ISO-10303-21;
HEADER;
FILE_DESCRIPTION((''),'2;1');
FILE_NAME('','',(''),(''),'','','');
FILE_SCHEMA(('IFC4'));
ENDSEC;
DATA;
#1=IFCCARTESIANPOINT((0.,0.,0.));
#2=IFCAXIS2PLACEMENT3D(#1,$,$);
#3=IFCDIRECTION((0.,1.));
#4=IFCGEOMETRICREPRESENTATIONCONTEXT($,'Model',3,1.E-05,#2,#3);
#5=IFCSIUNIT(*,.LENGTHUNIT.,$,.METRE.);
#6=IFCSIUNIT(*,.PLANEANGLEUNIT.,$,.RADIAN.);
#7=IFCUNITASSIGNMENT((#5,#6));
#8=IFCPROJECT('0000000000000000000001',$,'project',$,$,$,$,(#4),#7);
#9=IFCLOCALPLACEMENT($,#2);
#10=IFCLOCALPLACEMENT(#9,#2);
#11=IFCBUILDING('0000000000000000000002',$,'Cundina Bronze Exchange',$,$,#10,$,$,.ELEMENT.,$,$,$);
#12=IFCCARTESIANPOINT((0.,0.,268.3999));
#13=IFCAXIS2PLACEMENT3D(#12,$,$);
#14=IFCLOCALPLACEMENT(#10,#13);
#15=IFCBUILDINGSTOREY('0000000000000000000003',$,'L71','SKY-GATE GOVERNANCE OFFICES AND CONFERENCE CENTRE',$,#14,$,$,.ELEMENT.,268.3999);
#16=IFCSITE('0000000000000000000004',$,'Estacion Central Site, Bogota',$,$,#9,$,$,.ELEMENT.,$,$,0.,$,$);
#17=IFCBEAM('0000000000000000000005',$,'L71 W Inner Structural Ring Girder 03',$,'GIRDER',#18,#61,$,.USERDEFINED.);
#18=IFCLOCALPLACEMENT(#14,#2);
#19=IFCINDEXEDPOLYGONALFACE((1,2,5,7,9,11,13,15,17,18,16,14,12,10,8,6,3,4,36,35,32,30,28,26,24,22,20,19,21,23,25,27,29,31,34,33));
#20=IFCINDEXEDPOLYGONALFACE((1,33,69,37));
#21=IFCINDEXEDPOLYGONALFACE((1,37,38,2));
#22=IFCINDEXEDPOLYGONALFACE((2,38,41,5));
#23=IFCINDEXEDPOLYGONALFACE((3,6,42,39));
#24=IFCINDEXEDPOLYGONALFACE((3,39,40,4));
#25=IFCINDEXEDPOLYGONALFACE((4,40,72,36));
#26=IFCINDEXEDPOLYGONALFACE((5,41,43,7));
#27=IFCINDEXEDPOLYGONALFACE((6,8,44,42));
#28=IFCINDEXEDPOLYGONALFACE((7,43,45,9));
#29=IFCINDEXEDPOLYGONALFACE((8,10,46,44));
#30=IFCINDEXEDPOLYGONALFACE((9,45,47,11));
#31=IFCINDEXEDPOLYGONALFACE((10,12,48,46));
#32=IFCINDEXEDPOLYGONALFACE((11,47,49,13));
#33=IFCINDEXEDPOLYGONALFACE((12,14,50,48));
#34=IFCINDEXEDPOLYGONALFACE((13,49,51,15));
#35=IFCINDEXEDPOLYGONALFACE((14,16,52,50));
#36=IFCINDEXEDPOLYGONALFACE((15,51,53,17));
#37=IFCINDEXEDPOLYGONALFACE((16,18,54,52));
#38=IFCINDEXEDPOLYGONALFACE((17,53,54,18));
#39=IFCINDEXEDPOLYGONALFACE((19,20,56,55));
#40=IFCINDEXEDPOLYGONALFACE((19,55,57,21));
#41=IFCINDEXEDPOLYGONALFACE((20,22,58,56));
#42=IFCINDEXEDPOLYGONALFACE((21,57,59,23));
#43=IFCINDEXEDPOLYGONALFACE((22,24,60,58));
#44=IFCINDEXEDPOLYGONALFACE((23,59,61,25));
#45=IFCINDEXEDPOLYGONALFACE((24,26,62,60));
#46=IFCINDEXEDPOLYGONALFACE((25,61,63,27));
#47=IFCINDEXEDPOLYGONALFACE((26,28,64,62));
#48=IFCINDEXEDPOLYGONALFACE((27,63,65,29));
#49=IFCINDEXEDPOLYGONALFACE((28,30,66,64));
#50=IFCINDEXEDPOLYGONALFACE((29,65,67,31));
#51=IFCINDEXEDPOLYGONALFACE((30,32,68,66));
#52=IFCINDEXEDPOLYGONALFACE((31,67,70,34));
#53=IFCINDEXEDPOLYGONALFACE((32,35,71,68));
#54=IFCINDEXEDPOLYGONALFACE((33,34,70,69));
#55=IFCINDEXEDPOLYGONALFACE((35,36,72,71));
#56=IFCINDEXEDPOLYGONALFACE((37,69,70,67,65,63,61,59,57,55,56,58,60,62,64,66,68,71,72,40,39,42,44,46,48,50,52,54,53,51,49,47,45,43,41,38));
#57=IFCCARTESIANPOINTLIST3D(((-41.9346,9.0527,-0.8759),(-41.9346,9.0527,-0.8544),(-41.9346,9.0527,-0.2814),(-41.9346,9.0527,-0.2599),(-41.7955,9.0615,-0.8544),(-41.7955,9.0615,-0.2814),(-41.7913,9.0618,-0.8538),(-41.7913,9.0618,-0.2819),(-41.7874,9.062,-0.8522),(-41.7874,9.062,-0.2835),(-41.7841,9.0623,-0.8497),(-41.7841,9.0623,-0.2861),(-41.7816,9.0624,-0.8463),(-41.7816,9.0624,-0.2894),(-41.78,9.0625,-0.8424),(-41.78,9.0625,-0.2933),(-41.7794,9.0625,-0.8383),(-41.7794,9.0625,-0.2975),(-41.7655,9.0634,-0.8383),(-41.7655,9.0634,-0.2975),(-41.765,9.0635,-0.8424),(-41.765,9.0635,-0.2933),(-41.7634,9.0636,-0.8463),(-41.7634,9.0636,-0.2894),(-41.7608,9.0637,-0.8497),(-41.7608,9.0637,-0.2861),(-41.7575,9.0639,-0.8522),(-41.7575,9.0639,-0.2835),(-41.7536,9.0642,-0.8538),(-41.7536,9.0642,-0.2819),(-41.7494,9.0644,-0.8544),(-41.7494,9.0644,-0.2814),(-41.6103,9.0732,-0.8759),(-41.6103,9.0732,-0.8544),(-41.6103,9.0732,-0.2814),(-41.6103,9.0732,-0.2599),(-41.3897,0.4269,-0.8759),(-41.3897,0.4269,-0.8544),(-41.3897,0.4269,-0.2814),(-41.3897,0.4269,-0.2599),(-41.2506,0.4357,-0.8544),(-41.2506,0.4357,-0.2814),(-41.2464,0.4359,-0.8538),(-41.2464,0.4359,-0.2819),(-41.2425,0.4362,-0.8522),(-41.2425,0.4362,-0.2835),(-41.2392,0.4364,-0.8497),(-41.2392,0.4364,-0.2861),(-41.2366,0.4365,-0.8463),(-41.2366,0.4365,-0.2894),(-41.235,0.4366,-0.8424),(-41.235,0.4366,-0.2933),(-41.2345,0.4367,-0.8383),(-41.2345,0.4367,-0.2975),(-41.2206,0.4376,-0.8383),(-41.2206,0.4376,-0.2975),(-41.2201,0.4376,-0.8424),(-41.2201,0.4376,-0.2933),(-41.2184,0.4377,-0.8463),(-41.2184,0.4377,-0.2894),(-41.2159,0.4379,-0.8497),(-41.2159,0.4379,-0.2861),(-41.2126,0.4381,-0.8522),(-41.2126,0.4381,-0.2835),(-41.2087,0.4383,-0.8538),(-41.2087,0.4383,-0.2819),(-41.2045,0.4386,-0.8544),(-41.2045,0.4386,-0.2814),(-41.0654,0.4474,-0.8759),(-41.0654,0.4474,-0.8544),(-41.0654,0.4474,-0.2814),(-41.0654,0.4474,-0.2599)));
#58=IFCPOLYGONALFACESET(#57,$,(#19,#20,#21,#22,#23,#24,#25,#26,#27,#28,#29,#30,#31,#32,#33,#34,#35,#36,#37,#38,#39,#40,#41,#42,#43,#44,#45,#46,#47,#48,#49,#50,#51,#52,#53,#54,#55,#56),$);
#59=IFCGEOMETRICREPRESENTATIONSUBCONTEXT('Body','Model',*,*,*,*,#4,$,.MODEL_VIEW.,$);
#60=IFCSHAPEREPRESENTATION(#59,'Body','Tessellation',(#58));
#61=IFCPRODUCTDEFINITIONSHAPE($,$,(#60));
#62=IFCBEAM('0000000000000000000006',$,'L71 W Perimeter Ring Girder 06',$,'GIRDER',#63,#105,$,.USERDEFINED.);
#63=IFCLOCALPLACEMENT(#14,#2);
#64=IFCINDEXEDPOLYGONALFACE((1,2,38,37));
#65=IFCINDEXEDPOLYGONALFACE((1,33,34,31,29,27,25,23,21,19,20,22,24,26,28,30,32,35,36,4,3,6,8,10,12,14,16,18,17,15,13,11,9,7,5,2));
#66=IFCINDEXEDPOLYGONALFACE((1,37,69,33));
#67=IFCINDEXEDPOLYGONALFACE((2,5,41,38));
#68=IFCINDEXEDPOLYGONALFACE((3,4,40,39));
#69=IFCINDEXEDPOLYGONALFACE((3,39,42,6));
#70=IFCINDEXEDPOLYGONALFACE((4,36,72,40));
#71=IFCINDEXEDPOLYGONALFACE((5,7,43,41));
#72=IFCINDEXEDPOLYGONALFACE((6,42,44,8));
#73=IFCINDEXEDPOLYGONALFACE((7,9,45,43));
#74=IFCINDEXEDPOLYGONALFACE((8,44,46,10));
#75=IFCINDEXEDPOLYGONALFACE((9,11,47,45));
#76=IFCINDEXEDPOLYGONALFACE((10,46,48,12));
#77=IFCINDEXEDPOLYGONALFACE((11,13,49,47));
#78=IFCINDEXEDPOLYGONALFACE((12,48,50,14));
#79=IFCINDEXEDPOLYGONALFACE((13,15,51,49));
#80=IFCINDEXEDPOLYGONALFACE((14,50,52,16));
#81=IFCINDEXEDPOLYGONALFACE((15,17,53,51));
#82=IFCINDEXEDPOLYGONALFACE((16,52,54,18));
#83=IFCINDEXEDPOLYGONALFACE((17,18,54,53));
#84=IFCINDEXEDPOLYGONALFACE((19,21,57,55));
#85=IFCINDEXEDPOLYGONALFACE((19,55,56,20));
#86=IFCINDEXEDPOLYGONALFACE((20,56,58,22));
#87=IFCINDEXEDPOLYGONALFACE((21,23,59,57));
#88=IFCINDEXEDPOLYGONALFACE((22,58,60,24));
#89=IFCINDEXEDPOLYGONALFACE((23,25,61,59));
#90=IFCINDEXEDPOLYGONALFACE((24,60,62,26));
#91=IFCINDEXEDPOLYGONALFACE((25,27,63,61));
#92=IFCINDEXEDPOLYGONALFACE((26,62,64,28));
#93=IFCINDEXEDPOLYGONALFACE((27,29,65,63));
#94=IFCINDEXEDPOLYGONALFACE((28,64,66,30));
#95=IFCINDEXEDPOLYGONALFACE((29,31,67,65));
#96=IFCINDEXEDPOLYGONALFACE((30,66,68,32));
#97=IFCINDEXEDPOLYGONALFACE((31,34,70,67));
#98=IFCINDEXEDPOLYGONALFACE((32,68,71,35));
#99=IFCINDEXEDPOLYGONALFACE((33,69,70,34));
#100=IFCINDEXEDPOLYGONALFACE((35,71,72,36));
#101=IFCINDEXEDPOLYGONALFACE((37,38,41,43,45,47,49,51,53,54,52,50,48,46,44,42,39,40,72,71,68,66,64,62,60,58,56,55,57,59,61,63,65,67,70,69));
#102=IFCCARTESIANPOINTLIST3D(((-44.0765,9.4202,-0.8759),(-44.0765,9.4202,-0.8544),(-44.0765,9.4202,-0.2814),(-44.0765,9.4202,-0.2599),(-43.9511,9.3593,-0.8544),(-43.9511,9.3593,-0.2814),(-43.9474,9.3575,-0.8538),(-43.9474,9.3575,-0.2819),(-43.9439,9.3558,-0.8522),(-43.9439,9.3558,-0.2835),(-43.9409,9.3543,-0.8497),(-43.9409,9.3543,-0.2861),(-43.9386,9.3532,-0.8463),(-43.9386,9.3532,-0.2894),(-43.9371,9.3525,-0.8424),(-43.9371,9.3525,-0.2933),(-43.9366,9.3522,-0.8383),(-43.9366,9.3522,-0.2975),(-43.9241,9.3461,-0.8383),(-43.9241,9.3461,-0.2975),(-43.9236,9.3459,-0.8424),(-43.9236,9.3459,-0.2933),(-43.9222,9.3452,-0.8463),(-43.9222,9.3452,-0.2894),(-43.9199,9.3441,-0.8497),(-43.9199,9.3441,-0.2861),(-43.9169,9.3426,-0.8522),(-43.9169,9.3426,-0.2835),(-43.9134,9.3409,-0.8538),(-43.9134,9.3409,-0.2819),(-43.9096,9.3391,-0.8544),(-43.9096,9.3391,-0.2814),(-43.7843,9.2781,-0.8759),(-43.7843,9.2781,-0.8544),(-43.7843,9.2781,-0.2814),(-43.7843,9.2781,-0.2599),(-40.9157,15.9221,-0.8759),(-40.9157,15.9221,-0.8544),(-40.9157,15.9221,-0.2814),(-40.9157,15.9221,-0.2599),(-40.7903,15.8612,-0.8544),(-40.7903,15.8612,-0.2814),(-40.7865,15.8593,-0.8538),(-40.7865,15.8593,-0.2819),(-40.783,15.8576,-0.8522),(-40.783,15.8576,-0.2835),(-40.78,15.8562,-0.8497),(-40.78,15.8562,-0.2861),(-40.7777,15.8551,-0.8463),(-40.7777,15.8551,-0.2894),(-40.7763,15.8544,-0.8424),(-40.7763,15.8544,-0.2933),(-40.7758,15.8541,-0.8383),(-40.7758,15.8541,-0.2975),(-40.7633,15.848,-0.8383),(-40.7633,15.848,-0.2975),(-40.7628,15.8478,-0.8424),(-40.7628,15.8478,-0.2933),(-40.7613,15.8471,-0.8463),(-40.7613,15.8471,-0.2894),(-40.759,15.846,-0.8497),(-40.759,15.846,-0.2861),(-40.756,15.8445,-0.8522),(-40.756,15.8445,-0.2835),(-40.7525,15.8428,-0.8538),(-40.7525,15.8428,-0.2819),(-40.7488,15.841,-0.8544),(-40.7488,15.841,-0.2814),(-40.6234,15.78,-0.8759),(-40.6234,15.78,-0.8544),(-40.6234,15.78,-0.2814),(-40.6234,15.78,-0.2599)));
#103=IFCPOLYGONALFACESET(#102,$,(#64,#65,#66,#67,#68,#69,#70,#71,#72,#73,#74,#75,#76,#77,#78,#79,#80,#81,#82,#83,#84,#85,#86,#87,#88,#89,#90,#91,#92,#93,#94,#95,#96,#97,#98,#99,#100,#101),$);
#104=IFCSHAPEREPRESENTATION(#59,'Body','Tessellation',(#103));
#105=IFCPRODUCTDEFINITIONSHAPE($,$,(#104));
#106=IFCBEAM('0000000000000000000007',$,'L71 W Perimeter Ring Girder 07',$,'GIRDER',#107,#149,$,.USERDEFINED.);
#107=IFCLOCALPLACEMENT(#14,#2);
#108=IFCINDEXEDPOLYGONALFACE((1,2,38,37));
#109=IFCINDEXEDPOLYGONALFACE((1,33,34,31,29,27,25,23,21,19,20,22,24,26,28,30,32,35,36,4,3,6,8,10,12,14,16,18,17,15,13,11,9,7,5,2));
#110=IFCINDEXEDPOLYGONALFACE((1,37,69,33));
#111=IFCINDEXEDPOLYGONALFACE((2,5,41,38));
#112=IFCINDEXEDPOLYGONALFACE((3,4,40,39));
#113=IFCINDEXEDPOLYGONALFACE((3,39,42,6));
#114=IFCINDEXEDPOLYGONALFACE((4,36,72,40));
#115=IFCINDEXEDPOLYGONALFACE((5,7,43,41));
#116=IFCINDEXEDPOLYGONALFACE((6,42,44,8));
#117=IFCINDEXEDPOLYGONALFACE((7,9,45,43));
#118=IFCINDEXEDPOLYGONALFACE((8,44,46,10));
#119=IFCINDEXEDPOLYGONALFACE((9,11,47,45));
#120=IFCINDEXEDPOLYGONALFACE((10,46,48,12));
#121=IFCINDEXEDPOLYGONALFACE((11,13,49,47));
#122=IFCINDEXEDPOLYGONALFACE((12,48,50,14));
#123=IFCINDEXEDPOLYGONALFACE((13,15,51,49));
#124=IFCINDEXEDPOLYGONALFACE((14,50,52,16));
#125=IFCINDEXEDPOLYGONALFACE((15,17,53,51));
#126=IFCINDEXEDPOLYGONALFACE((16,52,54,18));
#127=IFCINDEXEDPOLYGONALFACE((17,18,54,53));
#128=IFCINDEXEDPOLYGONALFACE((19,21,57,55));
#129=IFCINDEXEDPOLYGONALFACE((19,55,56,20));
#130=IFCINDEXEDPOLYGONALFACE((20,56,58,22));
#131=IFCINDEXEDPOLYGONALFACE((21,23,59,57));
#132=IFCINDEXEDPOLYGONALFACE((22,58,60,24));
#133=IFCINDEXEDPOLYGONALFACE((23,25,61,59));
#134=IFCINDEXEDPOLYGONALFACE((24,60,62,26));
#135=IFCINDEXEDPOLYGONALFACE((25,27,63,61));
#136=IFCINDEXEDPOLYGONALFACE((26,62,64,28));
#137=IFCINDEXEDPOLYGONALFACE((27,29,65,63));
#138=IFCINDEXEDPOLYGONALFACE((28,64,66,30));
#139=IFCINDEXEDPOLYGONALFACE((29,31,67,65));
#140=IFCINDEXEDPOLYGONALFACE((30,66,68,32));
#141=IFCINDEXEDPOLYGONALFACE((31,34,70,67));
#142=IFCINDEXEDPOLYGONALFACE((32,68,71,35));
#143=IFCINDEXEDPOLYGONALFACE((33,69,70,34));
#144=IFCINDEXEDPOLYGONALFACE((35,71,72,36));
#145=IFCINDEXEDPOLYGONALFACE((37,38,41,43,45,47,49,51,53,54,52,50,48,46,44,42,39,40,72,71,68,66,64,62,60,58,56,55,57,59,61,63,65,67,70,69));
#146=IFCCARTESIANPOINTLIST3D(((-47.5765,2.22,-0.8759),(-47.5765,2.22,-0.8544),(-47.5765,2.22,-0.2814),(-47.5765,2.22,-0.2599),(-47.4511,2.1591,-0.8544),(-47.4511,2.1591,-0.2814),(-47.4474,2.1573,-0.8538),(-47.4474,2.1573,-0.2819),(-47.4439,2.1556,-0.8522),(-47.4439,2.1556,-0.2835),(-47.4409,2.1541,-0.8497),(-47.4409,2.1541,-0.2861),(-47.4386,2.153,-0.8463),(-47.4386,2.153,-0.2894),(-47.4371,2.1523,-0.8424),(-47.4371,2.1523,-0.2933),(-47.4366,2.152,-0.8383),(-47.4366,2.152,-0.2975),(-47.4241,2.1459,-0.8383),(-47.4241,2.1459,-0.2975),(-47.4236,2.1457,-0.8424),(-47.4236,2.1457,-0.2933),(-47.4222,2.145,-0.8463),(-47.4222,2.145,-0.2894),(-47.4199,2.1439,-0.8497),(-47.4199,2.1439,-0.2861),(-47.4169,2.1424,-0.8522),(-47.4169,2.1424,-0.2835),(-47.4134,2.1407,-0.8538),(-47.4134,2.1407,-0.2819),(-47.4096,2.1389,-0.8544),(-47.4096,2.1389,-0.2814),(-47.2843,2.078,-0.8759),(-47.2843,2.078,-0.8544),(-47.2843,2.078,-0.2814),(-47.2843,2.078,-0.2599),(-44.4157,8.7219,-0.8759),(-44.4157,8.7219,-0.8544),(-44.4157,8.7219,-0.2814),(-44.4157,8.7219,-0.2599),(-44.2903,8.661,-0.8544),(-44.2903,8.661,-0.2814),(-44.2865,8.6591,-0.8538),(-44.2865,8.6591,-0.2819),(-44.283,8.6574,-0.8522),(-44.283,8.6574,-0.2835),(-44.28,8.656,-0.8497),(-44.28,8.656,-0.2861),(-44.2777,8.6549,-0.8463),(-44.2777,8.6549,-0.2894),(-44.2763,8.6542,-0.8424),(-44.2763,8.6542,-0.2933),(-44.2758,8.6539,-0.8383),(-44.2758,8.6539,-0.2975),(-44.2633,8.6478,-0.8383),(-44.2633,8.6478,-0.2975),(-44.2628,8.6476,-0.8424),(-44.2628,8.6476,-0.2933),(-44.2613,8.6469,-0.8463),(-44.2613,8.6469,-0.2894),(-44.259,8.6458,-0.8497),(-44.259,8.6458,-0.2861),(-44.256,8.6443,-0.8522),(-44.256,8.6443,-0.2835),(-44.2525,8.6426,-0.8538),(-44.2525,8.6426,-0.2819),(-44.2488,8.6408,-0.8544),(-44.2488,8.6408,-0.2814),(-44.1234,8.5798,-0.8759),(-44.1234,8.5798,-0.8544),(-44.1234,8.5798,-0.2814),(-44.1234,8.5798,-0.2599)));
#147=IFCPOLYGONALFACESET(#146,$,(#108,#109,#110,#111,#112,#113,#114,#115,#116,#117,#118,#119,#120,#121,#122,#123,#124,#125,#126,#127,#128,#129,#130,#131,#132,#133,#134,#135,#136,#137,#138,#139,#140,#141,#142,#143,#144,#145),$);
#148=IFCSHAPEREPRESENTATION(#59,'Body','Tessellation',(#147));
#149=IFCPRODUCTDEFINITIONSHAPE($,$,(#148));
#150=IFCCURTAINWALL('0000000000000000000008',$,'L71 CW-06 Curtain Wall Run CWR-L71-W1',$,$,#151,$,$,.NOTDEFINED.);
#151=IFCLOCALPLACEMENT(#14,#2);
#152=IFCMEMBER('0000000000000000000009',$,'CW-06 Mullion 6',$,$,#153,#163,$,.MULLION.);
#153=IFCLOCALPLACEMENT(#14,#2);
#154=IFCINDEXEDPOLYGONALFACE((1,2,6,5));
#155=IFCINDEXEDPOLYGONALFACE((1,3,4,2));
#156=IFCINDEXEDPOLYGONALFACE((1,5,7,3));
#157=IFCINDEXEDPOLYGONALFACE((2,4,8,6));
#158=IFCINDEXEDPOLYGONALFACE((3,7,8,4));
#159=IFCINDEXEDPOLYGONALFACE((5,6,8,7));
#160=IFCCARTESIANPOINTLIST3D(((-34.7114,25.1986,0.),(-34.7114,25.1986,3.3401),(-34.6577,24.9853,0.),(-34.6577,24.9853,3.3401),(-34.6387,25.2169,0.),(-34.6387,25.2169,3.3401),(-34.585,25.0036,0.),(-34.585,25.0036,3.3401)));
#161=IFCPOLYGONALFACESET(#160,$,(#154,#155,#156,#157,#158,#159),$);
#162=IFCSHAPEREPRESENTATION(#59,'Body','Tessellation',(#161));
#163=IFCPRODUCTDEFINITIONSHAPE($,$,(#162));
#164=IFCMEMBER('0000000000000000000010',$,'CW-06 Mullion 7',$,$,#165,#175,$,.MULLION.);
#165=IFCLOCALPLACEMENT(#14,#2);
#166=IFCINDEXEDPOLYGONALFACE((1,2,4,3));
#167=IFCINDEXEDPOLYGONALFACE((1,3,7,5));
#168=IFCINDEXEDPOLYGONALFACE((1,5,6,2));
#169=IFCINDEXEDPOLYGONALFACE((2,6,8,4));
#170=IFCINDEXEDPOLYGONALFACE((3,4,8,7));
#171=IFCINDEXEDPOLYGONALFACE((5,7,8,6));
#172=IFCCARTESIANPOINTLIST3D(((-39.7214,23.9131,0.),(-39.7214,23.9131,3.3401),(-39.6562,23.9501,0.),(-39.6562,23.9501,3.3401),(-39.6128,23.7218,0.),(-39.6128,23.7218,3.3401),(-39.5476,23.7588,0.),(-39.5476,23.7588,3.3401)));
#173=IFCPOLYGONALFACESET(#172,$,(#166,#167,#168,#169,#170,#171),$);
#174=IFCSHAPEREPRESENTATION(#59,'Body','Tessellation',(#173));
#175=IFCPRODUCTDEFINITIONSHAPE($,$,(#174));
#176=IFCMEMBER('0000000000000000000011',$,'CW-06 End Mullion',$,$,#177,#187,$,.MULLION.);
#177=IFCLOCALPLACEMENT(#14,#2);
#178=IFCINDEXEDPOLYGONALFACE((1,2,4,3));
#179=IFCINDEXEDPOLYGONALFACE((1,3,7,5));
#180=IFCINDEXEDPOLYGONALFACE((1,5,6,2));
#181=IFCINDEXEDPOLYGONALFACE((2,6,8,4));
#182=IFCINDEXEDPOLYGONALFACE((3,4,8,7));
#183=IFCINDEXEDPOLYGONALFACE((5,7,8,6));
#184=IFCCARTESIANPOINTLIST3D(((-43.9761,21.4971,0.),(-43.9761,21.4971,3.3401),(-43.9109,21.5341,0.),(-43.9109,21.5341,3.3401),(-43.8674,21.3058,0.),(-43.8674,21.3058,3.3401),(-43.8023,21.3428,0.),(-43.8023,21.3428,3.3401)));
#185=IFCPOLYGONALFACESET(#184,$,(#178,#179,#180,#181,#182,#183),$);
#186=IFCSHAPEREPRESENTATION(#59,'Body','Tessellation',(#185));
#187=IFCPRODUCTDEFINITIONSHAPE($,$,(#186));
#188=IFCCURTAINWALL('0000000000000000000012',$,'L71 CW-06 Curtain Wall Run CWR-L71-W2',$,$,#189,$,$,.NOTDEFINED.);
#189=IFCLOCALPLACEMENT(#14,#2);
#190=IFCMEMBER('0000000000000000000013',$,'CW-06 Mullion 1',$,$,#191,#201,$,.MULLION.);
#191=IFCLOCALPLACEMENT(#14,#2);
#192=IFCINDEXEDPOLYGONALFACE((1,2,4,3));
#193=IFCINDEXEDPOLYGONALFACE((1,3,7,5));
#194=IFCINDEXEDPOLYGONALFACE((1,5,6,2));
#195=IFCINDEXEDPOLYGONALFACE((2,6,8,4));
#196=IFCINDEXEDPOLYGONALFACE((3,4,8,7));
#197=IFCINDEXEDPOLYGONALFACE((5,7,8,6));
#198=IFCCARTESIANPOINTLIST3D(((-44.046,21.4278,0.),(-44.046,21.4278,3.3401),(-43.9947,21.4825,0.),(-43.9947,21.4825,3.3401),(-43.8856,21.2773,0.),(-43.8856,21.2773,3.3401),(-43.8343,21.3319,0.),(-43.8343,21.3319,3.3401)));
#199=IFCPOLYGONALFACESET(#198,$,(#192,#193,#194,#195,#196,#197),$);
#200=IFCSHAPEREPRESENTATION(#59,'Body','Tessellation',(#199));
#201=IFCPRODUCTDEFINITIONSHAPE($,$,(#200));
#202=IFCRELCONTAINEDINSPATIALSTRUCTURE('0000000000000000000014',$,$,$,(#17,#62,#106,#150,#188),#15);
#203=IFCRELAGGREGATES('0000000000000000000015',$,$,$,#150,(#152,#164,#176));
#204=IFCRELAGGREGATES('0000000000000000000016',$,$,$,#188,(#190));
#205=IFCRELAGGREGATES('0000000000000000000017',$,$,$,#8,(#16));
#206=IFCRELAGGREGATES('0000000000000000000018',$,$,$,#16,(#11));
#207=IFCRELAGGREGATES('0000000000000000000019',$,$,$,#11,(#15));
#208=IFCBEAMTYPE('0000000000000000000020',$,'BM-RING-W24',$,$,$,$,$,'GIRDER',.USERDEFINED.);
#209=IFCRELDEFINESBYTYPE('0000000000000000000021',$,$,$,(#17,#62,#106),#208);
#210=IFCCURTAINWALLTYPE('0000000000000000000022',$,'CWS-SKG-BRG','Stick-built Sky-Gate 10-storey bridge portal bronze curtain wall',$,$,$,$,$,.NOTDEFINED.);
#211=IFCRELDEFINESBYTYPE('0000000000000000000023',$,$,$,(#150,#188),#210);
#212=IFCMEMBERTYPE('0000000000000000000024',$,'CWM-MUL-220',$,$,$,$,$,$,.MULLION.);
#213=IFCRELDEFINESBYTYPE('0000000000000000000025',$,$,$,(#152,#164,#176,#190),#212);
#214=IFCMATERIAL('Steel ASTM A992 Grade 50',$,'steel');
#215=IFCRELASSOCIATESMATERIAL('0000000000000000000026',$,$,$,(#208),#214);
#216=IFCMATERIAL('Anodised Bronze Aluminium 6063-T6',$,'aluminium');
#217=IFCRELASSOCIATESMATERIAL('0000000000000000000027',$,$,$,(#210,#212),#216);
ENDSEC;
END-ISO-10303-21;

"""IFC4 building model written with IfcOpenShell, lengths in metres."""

from ifc_helpers import new_model, si_unit, direction, frame, origin, origin_2d, place, context, subcontext, project, spatial, rectangle, i_section, extrude, material, material_profile, profile_set, type_object, element, aggregate, save


model = new_model("IFC4")

# Units and contexts
model_context = context("Model", 3, precision=1e-05, world=origin(), true_north=direction((0.0, 1.0)))
body_context = subcontext(model_context, "Body", "Model", "MODEL_VIEW")
ifc_project = project(units=[si_unit("LENGTHUNIT", "METRE"), si_unit("PLANEANGLEUNIT", "RADIAN")], contexts=[model_context])

# Site, building, storey
site_placement = place(None, origin())
site = spatial("IfcSite", under=ifc_project, at=site_placement, Name="Estacion Central Site, Bogota", CompositionType="ELEMENT", RefElevation=0.0)
building_placement = place(site_placement, origin())
building = spatial("IfcBuilding", under=site, at=building_placement, Name="Cundina Bronze Exchange", CompositionType="ELEMENT")
storey_placement = place(building_placement, frame((0.0, 0.0, 268.3999)))
storey = spatial("IfcBuildingStorey", under=building, at=storey_placement, Name="L71", Description="SKY-GATE GOVERNANCE OFFICES AND CONFERENCE CENTRE", CompositionType="ELEMENT", Elevation=268.3999)

# Beams
ifc_material_1 = material(Name="Steel ASTM A992 Grade 50", Category="steel")
ifc_material_profile_1 = material_profile(ifc_material_1, i_section(OverallWidth=0.325, OverallDepth=0.616, WebThickness=0.0139, FlangeThickness=0.0215, FilletRadius=0.0161, at=origin_2d()), Name="W24X117", Category="steel")
ifc_profile_set_1 = profile_set([ifc_material_profile_1], Name="Steel ASTM A992 Grade 50")
beam_type_1 = type_object("IfcBeamType", Name="BM-RING-W24", ElementType="GIRDER", PredefinedType="USERDEFINED", material=ifc_profile_set_1)
beam_1_placement = place(storey_placement, frame((-41.7725, 9.063, -0.5679), z_axis=(0.063047, -0.998011, 0.0), x_axis=(0.998011, 0.063047, 0.0)))
element("IfcBeam", 1, at=beam_1_placement, inside=storey, type_object=beam_type_1, Name="L71 W Inner Structural Ring Girder 03", ObjectType="GIRDER", PredefinedType="USERDEFINED", context=body_context, shape_type="SweptSolid", body=[
    extrude(i_section(OverallWidth=0.325, OverallDepth=0.616, WebThickness=0.0139, FlangeThickness=0.0215, FilletRadius=0.0161, at=origin_2d()), origin(), (0.0, 0.0, 1.0), 8.6431),
])
for number, where, z_axis, x_axis, name in (
    (2, (-40.7695, 15.8511, -0.5679), (-0.437217, -0.899356, 0.0), (0.899356, -0.437217, 0.0), "L71 W Perimeter Ring Girder 06"),
    (3, (-44.2695, 8.6509, -0.5679), (-0.437217, -0.899356, 0.0), (0.899356, -0.437217, 0.0), "L71 W Perimeter Ring Girder 07"),
):
    element("IfcBeam", number, at=place(storey_placement, frame(where, z_axis=z_axis, x_axis=x_axis)), inside=storey, type_object=beam_type_1, Name=name, ObjectType="GIRDER", PredefinedType="USERDEFINED", context=body_context, shape_type="SweptSolid", body=[
        extrude(i_section(OverallWidth=0.325, OverallDepth=0.616, WebThickness=0.0139, FlangeThickness=0.0215, FilletRadius=0.0161, at=origin_2d()), origin(), (0.0, 0.0, 1.0), 7.2295),
    ])

# Curtain walls, members
ifc_material_2 = material(Name="Anodised Bronze Aluminium 6063-T6", Category="aluminium")
curtain_wall_type = type_object("IfcCurtainWallType", Name="CWS-SKG-BRG", Description="Stick-built Sky-Gate 10-storey bridge portal bronze curtain wall", PredefinedType="NOTDEFINED", material=ifc_material_2)
curtain_wall_1_placement = place(storey_placement, origin())
curtain_wall_1 = element("IfcCurtainWall", 4, at=curtain_wall_1_placement, inside=storey, type_object=curtain_wall_type, Name="L71 CW-06 Curtain Wall Run CWR-L71-W1", PredefinedType="NOTDEFINED")
ifc_material_profile_2 = material_profile(ifc_material_2, rectangle(XDim=0.075, YDim=0.22, at=origin_2d()), Name="AL75X220", Category="aluminium")
ifc_profile_set_2 = profile_set([ifc_material_profile_2], Name="Anodised Bronze Aluminium 6063-T6")
member_type_1 = type_object("IfcMemberType", Name="CWM-MUL-220", PredefinedType="MULLION", material=ifc_profile_set_2)
member_1_placement = place(storey_placement, frame((-34.6482, 25.1011, 0.0), z_axis=(0.0, 0.0, 1.0), x_axis=(-0.969744, -0.244123, 0.0)))
member_1 = element("IfcMember", 5, at=member_1_placement, type_object=member_type_1, Name="CW-06 Mullion 6", PredefinedType="MULLION", context=body_context, shape_type="SweptSolid", body=[
    extrude(rectangle(XDim=0.075, YDim=0.22, at=origin_2d()), origin(), (0.0, 0.0, 1.0), 3.3401),
])
member_2_placement = place(storey_placement, frame((-39.6345, 23.8359, 0.0), z_axis=(0.0, 0.0, 1.0), x_axis=(-0.869581, -0.49379, 0.0)))
member_2 = element("IfcMember", 6, at=member_2_placement, type_object=member_type_1, Name="CW-06 Mullion 7", PredefinedType="MULLION", context=body_context, shape_type="SweptSolid", body=[
    extrude(rectangle(XDim=0.075, YDim=0.22, at=origin_2d()), origin(), (0.0, 0.0, 1.0), 3.3401),
])
member_3_placement = place(storey_placement, frame((-43.8892, 21.4199, 0.0), z_axis=(0.0, 0.0, 1.0), x_axis=(-0.869581, -0.49379, 0.0)))
member_3 = element("IfcMember", 7, at=member_3_placement, type_object=member_type_1, Name="CW-06 End Mullion", PredefinedType="MULLION", context=body_context, shape_type="SweptSolid", body=[
    extrude(rectangle(XDim=0.075, YDim=0.22, at=origin_2d()), origin(), (0.0, 0.0, 1.0), 3.3401),
])
curtain_wall_2_placement = place(storey_placement, origin())
curtain_wall_2 = element("IfcCurtainWall", 8, at=curtain_wall_2_placement, inside=storey, type_object=curtain_wall_type, Name="L71 CW-06 Curtain Wall Run CWR-L71-W2", PredefinedType="NOTDEFINED")
member_4_placement = place(storey_placement, frame((-43.9402, 21.3799, 0.0), z_axis=(0.0, 0.0, 1.0), x_axis=(-0.684293, -0.729208, 0.0)))
member_4 = element("IfcMember", 9, at=member_4_placement, type_object=member_type_1, Name="CW-06 Mullion 1", PredefinedType="MULLION", context=body_context, shape_type="SweptSolid", body=[
    extrude(rectangle(XDim=0.075, YDim=0.22, at=origin_2d()), origin(), (0.0, 0.0, 1.0), 3.3401),
])

aggregate(curtain_wall_1, [member_1, member_2, member_3])
aggregate(curtain_wall_2, [member_4])

save(model, "model.ifc")
